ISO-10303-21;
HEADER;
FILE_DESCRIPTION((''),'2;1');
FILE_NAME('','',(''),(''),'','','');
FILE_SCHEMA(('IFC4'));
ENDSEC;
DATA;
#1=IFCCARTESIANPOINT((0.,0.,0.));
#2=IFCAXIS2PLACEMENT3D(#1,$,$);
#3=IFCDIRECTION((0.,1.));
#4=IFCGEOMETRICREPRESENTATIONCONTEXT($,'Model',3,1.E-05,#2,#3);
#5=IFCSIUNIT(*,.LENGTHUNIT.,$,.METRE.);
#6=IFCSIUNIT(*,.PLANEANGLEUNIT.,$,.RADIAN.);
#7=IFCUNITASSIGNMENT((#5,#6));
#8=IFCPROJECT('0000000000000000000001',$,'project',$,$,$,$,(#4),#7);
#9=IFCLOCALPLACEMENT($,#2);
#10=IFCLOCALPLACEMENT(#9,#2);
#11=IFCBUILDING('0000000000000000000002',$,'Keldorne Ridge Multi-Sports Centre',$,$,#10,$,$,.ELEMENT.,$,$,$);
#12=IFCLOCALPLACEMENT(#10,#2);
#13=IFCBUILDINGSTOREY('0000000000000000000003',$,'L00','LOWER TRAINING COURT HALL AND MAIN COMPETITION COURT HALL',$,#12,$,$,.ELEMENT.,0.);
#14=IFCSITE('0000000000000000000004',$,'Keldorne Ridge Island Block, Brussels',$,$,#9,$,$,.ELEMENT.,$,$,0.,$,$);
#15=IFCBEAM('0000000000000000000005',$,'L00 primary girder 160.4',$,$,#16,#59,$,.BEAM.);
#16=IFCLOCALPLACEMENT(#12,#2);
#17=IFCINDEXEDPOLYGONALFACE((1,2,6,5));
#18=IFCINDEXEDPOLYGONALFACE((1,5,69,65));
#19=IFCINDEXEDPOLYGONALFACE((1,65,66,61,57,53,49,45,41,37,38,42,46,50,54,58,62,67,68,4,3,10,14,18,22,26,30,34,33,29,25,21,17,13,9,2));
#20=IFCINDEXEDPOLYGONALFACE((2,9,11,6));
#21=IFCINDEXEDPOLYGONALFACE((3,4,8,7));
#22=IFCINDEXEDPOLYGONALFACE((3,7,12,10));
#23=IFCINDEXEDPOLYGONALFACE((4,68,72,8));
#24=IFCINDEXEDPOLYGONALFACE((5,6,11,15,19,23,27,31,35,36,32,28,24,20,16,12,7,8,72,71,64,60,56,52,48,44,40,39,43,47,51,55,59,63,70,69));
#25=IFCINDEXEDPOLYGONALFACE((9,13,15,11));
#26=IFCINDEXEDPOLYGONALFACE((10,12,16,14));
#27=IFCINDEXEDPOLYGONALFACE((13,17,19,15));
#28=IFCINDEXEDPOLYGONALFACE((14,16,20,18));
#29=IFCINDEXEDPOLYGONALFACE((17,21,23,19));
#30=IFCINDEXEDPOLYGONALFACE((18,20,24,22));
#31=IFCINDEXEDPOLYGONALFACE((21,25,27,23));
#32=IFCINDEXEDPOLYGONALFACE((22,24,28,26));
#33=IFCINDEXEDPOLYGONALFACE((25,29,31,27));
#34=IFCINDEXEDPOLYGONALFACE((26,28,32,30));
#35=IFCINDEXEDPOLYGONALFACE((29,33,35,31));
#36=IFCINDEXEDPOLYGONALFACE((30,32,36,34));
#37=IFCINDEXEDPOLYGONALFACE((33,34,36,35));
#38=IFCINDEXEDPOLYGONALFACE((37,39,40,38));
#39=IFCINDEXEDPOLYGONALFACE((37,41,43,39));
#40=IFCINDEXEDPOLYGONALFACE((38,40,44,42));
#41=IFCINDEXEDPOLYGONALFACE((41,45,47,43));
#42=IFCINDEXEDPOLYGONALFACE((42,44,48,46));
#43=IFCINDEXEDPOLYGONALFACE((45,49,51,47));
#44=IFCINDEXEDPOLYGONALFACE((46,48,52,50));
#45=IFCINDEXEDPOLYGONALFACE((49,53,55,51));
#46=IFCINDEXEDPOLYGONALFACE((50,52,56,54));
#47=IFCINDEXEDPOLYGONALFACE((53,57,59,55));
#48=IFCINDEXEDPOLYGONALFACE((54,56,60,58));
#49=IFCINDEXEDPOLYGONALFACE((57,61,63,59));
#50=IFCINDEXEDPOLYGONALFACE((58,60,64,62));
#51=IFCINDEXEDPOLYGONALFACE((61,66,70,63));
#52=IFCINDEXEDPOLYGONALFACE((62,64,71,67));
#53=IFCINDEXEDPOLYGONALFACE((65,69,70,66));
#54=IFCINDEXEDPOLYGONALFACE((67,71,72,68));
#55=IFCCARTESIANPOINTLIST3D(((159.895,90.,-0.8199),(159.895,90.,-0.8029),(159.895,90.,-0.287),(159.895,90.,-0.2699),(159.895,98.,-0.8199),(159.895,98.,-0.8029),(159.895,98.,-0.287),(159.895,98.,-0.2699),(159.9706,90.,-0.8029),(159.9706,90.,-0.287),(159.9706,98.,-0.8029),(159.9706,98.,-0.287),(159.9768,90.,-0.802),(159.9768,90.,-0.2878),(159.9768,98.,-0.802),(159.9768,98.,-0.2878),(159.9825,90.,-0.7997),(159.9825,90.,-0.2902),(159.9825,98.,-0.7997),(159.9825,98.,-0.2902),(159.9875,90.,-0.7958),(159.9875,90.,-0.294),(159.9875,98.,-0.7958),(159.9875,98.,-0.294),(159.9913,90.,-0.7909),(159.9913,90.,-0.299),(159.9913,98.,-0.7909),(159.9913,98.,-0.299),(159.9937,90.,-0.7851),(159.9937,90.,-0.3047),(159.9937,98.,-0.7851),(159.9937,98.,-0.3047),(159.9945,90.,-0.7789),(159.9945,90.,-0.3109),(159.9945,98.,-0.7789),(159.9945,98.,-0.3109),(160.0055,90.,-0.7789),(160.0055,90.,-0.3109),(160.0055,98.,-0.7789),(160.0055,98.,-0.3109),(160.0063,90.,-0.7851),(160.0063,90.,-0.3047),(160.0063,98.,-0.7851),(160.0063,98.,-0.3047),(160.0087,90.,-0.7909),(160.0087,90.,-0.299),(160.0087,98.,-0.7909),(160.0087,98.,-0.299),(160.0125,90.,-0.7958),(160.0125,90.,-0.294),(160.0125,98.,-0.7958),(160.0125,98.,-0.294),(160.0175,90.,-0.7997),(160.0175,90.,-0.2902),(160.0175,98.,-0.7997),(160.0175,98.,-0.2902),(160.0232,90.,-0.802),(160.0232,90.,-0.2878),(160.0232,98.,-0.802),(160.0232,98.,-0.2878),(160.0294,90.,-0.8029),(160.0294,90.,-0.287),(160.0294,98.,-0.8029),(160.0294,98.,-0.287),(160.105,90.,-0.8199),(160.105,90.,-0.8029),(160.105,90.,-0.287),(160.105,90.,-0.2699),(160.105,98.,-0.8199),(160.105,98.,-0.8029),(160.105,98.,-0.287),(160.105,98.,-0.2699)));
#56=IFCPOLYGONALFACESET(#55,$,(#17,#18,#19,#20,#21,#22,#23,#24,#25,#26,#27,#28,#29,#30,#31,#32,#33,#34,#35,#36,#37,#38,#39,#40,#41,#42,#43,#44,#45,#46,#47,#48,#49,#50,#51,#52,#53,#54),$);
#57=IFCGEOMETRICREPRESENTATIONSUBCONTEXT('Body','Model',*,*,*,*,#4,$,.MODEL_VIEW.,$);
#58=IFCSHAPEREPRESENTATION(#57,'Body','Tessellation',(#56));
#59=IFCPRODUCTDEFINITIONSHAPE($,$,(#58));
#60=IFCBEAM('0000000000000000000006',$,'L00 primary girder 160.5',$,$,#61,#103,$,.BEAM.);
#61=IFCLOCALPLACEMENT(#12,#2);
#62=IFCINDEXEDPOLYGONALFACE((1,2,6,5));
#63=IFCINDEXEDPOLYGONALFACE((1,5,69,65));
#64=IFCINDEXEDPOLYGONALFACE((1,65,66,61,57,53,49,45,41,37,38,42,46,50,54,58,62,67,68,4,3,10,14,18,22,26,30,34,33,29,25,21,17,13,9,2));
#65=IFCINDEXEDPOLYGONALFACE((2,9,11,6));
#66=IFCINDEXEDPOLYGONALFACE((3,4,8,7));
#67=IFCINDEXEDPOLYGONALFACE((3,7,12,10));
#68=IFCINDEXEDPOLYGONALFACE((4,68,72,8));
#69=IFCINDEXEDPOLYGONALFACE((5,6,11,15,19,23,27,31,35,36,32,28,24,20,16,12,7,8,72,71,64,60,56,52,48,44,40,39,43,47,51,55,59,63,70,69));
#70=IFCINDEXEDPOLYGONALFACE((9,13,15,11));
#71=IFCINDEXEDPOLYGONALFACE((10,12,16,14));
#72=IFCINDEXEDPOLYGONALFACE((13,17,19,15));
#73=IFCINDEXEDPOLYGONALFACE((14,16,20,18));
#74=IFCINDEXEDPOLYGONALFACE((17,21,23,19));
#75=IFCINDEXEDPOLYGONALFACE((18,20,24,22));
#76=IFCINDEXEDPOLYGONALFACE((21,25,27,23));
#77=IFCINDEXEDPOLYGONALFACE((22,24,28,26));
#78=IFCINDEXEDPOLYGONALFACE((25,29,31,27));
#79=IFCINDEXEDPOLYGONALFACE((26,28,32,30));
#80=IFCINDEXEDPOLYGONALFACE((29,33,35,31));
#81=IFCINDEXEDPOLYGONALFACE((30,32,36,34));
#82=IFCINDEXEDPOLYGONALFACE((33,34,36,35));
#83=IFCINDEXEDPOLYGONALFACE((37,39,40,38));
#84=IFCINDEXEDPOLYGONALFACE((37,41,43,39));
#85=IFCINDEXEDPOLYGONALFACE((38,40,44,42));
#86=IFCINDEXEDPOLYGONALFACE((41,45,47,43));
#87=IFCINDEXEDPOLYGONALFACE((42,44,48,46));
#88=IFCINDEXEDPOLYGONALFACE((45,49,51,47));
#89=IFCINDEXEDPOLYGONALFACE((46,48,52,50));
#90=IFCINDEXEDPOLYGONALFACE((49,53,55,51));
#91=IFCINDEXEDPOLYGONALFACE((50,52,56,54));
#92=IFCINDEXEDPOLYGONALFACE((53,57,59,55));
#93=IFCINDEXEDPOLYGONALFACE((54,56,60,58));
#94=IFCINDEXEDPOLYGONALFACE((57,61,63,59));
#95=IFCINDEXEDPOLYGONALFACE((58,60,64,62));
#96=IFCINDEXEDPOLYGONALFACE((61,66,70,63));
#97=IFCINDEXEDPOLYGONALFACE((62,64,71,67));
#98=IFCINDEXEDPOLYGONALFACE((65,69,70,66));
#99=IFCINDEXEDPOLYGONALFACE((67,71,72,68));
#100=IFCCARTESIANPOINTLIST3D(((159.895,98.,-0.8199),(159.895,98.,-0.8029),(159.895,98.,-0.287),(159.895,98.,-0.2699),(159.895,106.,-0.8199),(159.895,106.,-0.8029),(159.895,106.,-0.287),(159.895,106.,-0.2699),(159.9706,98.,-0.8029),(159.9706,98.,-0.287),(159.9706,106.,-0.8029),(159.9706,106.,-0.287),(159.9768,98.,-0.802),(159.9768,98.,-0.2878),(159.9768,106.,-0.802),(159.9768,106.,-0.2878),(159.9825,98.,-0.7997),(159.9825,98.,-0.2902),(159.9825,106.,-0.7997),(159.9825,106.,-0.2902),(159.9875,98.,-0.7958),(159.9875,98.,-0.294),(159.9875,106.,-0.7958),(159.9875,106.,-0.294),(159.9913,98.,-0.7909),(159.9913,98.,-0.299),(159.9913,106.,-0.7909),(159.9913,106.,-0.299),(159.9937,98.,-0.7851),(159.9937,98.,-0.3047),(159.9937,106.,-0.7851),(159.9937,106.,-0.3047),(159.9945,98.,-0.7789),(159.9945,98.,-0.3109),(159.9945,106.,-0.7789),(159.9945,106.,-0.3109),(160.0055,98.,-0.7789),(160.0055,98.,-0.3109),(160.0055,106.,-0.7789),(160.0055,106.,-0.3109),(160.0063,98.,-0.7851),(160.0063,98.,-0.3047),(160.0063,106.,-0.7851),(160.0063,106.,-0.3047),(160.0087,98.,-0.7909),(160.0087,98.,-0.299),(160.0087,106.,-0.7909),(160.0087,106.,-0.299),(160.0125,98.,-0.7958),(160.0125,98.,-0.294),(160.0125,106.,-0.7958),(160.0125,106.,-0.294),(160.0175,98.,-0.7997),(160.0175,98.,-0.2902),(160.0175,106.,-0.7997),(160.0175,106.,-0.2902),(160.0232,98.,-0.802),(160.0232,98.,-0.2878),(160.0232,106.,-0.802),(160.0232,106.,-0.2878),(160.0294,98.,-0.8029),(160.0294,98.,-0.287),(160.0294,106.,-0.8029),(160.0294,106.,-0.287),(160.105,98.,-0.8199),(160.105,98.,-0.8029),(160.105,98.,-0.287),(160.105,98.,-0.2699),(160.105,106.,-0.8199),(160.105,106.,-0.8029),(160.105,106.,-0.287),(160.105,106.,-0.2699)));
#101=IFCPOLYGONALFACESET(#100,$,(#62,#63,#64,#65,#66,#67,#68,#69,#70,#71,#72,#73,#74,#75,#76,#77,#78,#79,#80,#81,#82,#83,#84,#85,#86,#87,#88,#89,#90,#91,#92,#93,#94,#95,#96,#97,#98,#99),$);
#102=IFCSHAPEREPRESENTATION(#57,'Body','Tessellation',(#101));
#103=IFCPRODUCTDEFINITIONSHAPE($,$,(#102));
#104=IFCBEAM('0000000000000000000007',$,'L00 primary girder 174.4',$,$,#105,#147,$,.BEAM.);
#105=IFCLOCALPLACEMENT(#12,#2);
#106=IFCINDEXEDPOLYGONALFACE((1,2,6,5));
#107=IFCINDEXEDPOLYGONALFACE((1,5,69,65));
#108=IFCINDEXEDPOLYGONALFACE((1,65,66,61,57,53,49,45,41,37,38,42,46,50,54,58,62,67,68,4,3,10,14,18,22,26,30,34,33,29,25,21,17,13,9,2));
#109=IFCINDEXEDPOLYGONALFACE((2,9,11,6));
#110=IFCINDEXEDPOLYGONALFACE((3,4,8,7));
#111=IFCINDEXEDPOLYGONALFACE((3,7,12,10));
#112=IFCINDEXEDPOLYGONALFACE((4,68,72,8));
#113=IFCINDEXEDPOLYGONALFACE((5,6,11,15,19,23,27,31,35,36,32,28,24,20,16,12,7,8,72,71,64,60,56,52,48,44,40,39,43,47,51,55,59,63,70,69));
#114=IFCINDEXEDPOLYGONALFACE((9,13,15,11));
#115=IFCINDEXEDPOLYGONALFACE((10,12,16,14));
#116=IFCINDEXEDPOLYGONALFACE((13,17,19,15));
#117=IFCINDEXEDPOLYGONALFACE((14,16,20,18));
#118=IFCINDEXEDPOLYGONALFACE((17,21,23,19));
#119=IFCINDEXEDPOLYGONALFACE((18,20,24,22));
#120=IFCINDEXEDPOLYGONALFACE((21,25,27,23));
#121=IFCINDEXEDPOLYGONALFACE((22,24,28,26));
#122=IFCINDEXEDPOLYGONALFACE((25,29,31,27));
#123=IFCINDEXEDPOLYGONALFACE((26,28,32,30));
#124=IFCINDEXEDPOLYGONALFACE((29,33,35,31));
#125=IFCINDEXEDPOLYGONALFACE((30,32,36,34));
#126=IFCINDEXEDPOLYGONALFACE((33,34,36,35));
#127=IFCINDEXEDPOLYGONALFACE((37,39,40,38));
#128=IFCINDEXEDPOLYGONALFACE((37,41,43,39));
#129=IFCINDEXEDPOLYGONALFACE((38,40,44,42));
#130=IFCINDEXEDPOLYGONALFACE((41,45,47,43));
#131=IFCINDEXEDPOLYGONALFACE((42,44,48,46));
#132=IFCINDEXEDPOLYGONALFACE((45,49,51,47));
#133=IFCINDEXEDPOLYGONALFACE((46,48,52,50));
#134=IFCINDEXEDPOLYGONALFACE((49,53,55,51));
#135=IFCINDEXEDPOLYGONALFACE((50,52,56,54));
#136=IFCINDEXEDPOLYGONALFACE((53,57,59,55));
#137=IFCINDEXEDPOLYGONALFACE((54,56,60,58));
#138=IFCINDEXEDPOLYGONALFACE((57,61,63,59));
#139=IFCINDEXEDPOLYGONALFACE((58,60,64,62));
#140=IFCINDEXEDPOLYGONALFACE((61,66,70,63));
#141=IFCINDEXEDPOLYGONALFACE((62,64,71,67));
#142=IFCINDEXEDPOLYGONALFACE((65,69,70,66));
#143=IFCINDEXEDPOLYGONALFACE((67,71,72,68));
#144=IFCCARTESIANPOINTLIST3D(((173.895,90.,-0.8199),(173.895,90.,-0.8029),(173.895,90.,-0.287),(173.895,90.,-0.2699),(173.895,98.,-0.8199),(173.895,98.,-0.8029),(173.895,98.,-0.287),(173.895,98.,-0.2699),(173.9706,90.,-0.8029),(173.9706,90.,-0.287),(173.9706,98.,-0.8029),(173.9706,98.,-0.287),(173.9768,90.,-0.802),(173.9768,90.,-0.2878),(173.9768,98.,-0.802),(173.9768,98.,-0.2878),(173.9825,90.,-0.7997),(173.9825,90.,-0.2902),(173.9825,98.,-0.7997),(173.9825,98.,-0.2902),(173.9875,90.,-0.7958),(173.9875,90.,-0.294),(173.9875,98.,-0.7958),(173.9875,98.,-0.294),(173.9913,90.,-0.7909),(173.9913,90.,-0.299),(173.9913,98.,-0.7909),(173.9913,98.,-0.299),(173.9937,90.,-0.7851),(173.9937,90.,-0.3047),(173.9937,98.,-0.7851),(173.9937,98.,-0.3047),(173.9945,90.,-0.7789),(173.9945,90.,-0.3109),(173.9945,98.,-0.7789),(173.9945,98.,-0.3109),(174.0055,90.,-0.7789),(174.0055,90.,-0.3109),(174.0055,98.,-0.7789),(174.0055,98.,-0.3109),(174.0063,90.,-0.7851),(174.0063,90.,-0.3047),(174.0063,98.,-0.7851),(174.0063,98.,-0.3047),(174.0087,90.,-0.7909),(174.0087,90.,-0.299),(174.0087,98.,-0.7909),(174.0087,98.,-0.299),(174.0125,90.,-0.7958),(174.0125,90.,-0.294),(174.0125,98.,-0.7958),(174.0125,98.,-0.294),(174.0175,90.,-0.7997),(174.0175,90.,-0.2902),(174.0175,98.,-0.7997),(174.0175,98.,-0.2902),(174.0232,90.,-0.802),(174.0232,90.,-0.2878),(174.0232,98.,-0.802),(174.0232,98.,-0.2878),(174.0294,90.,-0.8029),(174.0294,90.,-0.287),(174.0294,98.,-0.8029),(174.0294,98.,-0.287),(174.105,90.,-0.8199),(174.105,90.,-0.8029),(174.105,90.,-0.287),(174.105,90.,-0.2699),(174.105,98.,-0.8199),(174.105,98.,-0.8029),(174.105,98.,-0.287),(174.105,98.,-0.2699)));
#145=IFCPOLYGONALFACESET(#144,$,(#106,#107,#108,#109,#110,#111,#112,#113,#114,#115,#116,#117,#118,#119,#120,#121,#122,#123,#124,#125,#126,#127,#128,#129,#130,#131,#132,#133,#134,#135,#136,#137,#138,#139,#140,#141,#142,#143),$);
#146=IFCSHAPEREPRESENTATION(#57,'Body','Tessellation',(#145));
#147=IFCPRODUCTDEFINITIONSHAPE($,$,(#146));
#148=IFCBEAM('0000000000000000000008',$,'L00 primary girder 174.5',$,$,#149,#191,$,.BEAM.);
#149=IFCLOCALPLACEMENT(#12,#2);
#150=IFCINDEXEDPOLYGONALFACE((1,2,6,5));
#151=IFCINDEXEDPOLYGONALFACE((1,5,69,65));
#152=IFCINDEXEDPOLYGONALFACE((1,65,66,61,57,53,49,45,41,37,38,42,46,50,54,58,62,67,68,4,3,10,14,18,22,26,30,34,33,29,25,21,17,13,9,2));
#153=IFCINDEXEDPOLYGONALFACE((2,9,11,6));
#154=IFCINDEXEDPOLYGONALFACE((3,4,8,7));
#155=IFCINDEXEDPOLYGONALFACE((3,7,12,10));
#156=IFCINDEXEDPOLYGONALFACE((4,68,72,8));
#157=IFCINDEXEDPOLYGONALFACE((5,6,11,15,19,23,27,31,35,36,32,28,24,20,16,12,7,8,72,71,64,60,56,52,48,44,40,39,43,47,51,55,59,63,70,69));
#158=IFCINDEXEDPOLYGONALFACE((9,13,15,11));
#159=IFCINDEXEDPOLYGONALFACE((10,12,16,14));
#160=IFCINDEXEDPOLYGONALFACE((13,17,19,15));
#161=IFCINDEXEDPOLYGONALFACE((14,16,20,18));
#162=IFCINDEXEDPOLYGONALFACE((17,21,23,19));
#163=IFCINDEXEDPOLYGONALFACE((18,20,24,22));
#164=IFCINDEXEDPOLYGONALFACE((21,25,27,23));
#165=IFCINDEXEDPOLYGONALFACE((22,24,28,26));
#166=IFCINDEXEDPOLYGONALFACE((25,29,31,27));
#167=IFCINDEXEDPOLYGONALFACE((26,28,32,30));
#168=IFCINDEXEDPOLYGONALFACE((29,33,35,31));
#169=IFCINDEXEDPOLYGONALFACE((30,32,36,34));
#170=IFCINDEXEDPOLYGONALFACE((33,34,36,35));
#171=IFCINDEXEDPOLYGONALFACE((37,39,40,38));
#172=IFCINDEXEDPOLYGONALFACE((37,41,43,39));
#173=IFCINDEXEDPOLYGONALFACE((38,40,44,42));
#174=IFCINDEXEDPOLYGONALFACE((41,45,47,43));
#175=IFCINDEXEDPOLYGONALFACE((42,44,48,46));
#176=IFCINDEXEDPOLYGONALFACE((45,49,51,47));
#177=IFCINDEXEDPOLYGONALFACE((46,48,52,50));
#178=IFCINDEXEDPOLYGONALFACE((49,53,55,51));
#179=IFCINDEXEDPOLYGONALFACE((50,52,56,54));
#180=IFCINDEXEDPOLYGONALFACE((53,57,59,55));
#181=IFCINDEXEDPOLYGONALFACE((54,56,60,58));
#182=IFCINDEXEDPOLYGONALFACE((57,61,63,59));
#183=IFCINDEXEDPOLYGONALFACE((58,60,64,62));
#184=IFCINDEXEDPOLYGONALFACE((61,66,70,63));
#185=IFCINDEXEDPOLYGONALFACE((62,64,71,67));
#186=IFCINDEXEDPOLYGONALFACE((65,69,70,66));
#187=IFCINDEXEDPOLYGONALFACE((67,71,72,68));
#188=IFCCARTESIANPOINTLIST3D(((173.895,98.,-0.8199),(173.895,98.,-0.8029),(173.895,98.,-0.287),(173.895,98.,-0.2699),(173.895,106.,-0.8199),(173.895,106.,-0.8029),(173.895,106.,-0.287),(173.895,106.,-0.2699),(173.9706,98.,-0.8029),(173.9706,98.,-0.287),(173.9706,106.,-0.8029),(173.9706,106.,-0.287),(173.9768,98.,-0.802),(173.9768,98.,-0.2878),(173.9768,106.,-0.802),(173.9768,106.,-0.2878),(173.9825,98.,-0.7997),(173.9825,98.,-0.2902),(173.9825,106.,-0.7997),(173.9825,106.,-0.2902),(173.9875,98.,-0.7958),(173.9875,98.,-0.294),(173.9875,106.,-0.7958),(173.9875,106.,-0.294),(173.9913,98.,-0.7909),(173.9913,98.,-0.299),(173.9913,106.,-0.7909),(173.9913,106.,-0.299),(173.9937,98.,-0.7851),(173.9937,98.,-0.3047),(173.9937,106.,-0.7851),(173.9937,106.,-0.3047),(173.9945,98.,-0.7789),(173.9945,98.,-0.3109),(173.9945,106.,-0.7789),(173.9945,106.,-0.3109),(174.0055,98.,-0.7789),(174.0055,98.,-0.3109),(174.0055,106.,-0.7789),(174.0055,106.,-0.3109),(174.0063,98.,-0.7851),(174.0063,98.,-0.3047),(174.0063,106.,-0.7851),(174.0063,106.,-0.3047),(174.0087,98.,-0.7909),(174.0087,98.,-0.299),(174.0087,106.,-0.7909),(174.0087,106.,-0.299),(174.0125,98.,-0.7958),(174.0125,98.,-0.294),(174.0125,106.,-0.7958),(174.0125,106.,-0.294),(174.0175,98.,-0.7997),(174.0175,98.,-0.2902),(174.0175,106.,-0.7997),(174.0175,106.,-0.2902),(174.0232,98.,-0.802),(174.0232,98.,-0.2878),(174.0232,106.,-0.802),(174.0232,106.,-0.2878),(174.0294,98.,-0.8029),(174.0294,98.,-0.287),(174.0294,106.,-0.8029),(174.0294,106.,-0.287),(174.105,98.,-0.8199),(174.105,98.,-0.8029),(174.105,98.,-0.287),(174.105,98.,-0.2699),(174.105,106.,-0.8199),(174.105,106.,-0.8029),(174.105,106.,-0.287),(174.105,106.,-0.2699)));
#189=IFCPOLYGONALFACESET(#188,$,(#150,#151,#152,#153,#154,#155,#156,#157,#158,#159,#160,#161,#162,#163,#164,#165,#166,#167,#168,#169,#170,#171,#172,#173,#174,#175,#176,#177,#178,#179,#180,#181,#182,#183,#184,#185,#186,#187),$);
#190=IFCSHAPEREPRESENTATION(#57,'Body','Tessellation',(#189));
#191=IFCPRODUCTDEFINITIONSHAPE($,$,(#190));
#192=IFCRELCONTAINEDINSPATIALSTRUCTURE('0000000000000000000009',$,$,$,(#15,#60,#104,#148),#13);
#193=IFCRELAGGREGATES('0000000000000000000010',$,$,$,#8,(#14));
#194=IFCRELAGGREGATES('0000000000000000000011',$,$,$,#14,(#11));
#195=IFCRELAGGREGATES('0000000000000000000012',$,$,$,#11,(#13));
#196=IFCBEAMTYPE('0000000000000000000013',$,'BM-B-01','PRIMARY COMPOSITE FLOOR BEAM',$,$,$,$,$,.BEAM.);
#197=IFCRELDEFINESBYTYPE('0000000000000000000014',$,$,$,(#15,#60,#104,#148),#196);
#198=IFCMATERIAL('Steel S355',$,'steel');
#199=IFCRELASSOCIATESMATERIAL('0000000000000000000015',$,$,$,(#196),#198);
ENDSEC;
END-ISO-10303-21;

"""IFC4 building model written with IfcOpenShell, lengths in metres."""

from ifc_helpers import new_model, si_unit, direction, frame, origin, origin_2d, place, context, subcontext, project, spatial, i_section, extrude, material, material_profile, profile_set, type_object, element, save


model = new_model("IFC4")

# Units and contexts
model_context = context("Model", 3, precision=1e-05, world=origin(), true_north=direction((0.0, 1.0)))
body_context = subcontext(model_context, "Body", "Model", "MODEL_VIEW")
ifc_project = project(units=[si_unit("LENGTHUNIT", "METRE"), si_unit("PLANEANGLEUNIT", "RADIAN")], contexts=[model_context])

# Site, building, storey
site_placement = place(None, origin())
site = spatial("IfcSite", under=ifc_project, at=site_placement, Name="Keldorne Ridge Island Block, Brussels", CompositionType="ELEMENT", RefElevation=0.0)
building_placement = place(site_placement, origin())
building = spatial("IfcBuilding", under=site, at=building_placement, Name="Keldorne Ridge Multi-Sports Centre", CompositionType="ELEMENT")
storey_placement = place(building_placement, origin())
storey = spatial("IfcBuildingStorey", under=building, at=storey_placement, Name="L00", Description="LOWER TRAINING COURT HALL AND MAIN COMPETITION COURT HALL", CompositionType="ELEMENT", Elevation=0.0)

# Shared definitions
ifc_material_1 = material(Name="Steel S355", Category="steel")

# Beams
ifc_material_profile_1 = material_profile(ifc_material_1, i_section(OverallWidth=0.21, OverallDepth=0.55, WebThickness=0.011, FlangeThickness=0.0171, FilletRadius=0.0239, at=origin_2d()), Name="IPE 550")
ifc_profile_set_1 = profile_set([ifc_material_profile_1], Name="Steel S355")
beam_type_1 = type_object("IfcBeamType", Name="BM-B-01", Description="PRIMARY COMPOSITE FLOOR BEAM", PredefinedType="BEAM", material=ifc_profile_set_1)
for number, where, z_axis, x_axis, name in (
    (1, (160.0, 90.0, -0.5449), (0.0, 1.0, 0.0), (-1.0, 0.0, 0.0), "L00 primary girder 160.4"),
    (2, (160.0, 98.0, -0.5449), (0.0, 1.0, 0.0), (-1.0, 0.0, 0.0), "L00 primary girder 160.5"),
    (3, (174.0, 90.0, -0.5449), (0.0, 1.0, 0.0), (-1.0, 0.0, 0.0), "L00 primary girder 174.4"),
    (4, (174.0, 98.0, -0.5449), (0.0, 1.0, 0.0), (-1.0, 0.0, 0.0), "L00 primary girder 174.5"),
):
    element("IfcBeam", number, at=place(storey_placement, frame(where, z_axis=z_axis, x_axis=x_axis)), inside=storey, type_object=beam_type_1, Name=name, PredefinedType="BEAM", context=body_context, shape_type="SweptSolid", body=[
        extrude(i_section(OverallWidth=0.21, OverallDepth=0.55, WebThickness=0.011, FlangeThickness=0.0171, FilletRadius=0.0239, at=origin_2d()), origin(), (0.0, 0.0, 1.0), 8.0),
    ])

save(model, "model.ifc")
